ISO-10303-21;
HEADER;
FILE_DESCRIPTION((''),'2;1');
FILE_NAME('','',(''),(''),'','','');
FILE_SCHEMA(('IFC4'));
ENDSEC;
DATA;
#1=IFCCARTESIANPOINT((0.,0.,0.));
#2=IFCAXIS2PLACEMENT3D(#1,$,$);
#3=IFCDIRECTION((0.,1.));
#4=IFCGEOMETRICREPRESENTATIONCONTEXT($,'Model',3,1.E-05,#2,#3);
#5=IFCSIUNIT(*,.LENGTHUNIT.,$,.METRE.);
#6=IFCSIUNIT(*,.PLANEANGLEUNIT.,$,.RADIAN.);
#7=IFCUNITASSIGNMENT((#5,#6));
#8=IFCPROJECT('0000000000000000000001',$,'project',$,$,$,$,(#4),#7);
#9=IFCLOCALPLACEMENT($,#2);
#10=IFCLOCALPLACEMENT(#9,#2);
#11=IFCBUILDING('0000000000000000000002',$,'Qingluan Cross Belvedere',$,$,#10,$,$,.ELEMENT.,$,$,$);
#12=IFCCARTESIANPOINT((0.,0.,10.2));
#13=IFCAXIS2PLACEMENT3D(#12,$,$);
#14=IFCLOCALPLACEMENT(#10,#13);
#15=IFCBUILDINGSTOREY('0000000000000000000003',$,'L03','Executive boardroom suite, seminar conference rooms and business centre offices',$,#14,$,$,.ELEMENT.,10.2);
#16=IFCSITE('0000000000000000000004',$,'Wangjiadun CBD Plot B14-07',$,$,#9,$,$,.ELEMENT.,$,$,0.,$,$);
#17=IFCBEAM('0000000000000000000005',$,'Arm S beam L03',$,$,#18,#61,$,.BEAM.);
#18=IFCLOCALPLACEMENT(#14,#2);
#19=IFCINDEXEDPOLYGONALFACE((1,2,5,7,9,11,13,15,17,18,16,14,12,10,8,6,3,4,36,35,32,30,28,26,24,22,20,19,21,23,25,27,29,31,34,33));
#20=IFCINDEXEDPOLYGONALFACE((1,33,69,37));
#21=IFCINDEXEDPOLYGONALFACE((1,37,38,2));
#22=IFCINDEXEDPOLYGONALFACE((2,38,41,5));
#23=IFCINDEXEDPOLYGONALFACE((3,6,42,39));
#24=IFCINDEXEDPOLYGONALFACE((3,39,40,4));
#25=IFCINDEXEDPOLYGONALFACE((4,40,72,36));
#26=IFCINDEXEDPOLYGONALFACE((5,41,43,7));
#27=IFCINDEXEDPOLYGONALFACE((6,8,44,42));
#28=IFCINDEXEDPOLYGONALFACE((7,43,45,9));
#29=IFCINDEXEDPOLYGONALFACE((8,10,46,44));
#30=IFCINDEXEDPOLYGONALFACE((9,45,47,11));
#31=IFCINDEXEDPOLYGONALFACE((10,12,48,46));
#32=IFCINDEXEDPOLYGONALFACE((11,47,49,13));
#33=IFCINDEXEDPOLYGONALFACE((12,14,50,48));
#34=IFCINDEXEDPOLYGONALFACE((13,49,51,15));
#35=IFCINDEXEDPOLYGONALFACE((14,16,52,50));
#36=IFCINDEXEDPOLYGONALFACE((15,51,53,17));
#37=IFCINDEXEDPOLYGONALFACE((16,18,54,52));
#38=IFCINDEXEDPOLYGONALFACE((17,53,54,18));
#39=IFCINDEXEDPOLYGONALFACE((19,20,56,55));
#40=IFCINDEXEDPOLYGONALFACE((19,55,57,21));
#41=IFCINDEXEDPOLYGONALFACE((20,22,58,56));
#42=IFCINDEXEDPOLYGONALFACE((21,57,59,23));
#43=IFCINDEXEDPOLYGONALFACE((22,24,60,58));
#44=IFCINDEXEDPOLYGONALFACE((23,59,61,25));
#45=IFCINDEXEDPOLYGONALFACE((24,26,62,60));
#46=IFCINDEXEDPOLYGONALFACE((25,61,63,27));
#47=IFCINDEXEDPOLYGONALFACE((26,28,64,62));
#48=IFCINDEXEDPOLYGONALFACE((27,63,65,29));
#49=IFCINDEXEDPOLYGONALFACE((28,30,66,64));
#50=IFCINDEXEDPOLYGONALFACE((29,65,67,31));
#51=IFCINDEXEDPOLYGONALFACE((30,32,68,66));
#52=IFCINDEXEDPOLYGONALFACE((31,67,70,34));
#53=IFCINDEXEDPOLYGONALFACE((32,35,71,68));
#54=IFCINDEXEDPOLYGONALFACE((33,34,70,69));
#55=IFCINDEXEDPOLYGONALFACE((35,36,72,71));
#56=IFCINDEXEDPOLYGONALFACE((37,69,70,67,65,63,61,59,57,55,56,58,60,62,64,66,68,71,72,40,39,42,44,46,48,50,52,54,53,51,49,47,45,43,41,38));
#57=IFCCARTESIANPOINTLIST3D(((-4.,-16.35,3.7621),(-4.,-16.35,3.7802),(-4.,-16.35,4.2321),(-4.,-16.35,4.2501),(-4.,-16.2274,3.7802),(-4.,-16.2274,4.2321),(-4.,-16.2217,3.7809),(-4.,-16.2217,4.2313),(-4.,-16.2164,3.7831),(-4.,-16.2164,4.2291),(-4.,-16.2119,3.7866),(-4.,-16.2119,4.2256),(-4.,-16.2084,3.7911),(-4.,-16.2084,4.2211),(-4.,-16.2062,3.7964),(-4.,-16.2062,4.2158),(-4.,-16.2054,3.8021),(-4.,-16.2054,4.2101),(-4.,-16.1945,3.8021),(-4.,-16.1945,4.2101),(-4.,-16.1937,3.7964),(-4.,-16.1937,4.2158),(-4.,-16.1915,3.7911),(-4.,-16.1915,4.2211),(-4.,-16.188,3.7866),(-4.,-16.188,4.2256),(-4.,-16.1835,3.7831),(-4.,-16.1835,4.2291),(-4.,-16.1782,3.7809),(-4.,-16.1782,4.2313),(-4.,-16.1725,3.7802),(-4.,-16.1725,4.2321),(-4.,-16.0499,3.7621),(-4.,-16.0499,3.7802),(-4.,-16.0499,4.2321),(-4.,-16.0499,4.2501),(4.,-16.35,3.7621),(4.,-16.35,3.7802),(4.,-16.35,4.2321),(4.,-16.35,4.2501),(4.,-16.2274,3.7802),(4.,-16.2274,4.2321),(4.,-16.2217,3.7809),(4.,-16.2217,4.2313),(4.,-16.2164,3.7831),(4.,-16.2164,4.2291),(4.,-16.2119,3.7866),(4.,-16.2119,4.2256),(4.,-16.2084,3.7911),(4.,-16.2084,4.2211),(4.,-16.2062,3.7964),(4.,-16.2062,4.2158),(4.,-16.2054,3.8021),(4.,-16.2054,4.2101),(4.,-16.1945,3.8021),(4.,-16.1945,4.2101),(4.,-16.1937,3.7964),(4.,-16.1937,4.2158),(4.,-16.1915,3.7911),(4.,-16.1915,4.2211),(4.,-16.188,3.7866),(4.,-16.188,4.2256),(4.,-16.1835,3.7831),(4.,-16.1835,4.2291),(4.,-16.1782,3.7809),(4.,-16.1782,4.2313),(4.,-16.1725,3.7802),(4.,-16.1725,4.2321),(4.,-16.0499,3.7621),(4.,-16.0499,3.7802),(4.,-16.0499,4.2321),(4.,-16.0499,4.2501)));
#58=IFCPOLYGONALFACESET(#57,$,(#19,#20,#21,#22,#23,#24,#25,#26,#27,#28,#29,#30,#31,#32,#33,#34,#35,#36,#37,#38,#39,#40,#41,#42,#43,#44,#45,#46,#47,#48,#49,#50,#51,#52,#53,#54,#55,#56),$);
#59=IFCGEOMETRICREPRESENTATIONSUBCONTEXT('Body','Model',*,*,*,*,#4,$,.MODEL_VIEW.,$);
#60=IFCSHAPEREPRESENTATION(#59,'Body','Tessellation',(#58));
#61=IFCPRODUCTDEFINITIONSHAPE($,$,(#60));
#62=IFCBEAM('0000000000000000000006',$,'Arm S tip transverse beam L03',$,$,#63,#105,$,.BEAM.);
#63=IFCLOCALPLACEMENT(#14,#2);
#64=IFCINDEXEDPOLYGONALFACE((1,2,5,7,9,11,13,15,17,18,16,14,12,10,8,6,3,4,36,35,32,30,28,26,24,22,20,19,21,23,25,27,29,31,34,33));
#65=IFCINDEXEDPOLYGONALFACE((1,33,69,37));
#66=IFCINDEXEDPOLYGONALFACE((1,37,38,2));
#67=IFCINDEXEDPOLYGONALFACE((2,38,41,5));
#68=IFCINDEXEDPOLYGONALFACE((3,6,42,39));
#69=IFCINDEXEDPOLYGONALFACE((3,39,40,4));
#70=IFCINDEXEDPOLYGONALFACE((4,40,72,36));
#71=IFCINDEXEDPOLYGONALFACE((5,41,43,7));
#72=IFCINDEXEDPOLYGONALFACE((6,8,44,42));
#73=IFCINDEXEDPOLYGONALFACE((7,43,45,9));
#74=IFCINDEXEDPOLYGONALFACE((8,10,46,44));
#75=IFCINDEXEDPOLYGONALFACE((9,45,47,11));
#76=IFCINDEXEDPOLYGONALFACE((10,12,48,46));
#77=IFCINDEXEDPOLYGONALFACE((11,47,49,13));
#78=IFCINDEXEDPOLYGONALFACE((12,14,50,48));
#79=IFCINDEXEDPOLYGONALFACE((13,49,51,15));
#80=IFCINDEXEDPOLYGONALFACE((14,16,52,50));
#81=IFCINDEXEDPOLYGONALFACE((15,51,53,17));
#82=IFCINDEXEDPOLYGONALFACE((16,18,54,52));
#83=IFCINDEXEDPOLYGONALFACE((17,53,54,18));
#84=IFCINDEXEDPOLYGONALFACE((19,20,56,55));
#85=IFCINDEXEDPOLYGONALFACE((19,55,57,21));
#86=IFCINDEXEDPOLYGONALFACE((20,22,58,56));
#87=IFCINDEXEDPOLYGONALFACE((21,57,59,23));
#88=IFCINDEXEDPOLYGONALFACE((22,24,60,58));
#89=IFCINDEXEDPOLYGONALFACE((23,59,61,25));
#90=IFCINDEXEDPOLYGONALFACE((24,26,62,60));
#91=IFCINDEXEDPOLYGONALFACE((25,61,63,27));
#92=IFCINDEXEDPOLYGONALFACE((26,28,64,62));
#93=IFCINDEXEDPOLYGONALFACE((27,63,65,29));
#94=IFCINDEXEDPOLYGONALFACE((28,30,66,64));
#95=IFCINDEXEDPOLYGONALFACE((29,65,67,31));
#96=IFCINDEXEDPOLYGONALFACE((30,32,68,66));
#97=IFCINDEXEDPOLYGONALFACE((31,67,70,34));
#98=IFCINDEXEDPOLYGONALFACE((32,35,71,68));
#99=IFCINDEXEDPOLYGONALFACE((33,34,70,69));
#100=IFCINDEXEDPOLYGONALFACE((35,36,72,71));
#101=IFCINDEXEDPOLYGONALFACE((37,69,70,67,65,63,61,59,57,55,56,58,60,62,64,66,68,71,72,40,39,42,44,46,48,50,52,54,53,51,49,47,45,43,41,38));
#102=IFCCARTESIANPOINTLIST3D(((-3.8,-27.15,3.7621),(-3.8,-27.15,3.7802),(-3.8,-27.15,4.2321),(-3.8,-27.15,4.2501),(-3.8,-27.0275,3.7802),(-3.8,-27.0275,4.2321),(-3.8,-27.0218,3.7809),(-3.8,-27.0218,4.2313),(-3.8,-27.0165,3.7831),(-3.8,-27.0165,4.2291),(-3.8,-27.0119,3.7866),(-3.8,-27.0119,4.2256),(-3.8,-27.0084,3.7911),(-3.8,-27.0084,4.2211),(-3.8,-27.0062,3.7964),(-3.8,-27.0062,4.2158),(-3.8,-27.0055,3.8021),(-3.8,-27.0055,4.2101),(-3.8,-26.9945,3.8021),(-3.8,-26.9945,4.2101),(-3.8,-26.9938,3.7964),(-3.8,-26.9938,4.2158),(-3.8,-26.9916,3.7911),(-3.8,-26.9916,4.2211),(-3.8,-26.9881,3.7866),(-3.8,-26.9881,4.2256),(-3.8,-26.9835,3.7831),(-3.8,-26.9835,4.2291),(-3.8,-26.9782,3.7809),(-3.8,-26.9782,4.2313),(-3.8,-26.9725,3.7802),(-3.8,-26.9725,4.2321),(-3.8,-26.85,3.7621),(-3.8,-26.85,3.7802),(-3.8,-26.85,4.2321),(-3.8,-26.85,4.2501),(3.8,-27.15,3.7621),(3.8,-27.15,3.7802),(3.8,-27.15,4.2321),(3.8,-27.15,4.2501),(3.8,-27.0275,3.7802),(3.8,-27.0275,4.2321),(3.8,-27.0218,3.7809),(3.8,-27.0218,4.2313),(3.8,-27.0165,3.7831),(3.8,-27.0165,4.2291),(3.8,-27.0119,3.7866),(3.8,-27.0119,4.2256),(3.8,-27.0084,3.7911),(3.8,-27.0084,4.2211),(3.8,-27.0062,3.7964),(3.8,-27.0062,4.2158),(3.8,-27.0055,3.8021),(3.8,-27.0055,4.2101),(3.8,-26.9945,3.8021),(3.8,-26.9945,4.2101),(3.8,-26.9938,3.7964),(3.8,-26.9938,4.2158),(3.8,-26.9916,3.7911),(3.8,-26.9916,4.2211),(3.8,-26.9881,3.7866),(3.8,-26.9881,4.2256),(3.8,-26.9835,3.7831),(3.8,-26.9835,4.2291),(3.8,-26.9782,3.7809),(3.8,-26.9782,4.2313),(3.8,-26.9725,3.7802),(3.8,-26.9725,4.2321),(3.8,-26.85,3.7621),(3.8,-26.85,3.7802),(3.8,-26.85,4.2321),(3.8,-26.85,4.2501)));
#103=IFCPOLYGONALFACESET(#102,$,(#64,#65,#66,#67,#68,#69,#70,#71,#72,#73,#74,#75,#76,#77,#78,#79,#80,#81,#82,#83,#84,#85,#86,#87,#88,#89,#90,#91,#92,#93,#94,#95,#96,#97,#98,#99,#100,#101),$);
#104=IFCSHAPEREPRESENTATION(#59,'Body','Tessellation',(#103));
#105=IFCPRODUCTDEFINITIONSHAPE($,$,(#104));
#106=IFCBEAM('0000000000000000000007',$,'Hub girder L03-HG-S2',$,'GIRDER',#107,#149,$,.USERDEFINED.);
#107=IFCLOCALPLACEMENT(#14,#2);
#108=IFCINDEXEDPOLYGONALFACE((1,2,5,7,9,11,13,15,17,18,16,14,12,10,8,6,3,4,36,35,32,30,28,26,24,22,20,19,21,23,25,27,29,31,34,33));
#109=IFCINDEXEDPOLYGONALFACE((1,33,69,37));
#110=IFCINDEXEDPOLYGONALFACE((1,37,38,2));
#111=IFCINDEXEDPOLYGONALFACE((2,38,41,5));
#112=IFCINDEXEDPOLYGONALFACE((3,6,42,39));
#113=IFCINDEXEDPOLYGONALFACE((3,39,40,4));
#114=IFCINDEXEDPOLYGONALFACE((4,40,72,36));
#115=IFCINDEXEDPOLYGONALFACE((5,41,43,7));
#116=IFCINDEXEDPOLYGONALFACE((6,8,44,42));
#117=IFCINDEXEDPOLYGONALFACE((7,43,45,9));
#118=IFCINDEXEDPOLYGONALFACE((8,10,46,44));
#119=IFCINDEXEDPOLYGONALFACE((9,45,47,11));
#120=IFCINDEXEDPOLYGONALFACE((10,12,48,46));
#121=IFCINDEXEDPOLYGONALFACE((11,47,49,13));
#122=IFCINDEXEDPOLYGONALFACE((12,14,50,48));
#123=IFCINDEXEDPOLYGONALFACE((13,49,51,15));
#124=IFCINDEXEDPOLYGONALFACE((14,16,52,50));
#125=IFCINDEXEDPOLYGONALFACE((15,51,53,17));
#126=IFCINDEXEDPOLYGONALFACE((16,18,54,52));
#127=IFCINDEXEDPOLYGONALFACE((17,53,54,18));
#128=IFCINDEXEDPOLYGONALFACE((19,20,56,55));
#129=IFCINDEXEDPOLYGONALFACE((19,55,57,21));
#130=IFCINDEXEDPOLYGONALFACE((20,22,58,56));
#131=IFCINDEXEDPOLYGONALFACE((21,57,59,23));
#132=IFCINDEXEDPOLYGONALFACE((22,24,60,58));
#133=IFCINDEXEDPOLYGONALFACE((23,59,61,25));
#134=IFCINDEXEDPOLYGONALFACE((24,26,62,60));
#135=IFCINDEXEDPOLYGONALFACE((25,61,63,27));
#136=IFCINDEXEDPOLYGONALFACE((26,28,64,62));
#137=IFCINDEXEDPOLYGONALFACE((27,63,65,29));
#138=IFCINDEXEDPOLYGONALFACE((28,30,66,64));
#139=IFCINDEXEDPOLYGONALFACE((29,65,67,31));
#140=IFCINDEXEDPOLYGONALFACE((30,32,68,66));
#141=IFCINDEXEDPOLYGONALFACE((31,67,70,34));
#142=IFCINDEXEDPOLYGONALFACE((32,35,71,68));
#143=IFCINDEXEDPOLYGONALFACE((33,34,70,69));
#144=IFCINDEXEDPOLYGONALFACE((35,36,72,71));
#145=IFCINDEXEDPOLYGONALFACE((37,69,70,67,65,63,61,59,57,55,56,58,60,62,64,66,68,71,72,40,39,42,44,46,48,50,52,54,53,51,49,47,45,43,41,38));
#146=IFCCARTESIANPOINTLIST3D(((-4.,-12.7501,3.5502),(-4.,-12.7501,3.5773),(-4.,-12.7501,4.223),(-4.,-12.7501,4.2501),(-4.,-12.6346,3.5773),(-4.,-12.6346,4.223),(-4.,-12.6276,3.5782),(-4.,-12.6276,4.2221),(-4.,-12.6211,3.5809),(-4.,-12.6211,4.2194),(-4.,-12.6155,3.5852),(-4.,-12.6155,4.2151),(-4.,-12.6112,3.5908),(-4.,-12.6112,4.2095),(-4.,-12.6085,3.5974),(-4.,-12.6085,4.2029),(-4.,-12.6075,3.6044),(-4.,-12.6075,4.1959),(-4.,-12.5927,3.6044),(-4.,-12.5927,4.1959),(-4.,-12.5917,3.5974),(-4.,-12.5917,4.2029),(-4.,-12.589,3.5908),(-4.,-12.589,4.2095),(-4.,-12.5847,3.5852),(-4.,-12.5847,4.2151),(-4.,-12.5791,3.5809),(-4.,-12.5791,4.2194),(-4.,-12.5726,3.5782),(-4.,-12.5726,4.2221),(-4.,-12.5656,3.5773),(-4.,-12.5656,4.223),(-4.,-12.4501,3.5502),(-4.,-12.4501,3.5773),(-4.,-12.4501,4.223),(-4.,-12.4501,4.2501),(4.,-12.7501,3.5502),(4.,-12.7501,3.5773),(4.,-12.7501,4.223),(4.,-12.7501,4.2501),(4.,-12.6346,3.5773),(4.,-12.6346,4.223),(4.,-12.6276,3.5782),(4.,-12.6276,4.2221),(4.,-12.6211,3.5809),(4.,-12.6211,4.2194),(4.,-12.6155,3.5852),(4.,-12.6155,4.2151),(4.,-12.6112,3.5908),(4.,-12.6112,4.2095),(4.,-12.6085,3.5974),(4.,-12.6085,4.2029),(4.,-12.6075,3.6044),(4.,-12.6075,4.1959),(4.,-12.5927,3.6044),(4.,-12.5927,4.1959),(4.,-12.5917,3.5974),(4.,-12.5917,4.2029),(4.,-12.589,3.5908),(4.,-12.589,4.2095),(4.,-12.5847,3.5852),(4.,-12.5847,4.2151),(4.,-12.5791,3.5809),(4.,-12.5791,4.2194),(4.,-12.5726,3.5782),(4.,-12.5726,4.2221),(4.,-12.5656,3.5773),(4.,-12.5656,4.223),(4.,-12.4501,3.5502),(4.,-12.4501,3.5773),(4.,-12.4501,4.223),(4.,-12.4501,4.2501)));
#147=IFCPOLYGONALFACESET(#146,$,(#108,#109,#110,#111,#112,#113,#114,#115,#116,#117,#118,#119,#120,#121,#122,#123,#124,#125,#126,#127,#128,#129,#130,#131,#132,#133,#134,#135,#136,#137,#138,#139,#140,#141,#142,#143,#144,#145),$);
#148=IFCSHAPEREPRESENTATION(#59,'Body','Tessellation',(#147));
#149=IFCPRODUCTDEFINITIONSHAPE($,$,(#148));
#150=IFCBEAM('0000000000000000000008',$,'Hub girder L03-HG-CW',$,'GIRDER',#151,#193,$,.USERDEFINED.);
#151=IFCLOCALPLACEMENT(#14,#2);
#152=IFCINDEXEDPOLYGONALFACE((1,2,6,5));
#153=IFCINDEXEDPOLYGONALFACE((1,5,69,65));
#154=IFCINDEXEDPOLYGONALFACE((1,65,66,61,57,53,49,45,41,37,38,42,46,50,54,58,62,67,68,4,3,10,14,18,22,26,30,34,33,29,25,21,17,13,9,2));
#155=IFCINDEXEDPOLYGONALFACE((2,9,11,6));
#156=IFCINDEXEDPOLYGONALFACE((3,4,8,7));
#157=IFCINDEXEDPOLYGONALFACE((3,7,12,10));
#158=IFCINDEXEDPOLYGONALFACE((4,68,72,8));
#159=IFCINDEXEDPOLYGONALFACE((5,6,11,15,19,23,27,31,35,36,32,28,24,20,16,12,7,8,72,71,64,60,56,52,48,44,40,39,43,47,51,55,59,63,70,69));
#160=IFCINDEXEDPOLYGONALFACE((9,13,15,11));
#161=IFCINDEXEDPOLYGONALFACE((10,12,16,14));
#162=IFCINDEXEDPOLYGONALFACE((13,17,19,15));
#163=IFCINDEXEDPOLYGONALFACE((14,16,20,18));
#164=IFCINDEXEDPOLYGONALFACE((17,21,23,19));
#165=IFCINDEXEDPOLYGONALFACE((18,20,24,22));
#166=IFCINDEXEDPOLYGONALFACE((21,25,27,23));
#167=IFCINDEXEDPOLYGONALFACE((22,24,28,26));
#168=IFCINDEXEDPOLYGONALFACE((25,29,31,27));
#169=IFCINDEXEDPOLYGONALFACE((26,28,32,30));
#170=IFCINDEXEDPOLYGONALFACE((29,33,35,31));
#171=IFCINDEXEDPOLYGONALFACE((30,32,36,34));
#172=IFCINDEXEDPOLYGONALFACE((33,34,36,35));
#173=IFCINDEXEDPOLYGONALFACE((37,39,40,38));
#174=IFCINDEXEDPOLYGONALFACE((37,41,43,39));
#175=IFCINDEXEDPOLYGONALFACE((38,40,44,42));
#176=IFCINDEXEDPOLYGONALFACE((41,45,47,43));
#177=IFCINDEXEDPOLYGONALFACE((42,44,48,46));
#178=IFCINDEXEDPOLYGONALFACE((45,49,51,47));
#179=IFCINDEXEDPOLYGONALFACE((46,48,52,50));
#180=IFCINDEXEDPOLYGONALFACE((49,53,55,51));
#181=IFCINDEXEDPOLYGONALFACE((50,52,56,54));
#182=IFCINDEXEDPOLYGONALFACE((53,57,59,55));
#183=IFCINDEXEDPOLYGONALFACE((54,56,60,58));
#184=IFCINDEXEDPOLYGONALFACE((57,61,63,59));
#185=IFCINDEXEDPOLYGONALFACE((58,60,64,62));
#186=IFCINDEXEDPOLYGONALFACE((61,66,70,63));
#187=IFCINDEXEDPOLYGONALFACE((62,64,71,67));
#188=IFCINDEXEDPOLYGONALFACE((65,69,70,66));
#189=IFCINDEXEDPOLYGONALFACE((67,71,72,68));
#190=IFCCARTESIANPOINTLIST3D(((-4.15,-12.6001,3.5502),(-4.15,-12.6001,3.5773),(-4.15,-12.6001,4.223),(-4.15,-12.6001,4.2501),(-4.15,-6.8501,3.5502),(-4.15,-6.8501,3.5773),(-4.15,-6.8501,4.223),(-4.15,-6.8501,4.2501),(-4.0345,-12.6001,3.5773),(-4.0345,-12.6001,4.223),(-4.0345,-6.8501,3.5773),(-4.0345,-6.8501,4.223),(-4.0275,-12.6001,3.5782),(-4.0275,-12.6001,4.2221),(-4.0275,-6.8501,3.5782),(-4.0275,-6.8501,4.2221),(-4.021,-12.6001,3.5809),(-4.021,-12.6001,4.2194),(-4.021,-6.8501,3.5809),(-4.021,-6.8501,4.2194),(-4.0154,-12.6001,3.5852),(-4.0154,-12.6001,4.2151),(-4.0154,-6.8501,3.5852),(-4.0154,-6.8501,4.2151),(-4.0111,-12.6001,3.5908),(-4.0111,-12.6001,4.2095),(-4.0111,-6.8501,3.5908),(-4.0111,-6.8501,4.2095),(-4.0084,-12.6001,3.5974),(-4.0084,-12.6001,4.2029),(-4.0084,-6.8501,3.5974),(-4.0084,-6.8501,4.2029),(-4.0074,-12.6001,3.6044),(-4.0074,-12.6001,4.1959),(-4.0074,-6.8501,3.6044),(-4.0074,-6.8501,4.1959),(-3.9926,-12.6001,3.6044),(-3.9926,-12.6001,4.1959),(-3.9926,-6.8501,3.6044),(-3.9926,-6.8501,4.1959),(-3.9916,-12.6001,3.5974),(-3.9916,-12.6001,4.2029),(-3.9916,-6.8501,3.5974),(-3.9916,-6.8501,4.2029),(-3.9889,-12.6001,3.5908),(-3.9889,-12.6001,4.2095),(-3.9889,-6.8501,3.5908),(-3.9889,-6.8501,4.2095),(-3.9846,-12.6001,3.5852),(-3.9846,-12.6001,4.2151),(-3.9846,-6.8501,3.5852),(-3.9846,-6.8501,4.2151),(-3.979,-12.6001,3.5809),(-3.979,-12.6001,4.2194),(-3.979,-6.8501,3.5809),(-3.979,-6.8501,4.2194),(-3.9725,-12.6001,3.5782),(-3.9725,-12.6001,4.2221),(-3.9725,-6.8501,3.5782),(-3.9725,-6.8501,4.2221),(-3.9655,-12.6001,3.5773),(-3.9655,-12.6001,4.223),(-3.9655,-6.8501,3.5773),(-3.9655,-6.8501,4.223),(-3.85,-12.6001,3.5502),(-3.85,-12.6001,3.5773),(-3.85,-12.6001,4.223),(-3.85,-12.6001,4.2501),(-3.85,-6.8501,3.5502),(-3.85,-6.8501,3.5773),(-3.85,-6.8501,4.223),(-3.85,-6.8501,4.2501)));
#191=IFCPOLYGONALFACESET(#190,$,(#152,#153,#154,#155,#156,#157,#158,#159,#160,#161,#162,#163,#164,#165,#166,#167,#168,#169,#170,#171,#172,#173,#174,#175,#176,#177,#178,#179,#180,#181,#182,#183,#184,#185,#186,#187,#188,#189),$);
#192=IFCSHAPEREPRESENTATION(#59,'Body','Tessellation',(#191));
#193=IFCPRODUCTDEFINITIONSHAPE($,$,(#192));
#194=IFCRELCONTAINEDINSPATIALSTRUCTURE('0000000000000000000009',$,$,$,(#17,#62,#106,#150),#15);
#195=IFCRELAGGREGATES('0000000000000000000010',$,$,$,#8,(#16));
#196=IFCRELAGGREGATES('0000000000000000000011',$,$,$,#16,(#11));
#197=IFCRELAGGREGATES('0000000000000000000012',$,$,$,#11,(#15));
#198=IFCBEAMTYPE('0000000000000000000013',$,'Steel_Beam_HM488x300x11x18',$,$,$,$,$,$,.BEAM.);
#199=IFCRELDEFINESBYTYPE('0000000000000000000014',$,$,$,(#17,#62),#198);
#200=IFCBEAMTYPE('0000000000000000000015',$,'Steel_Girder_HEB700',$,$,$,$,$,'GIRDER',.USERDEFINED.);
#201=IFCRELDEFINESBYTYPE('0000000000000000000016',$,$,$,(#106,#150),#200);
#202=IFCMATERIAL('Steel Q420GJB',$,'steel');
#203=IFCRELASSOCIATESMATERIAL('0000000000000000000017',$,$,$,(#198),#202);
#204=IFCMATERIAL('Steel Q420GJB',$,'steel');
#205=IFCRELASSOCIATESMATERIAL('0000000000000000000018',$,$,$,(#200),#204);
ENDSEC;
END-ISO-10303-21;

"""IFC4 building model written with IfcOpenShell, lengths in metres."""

from ifc_helpers import new_model, si_unit, direction, frame, origin, origin_2d, place, context, subcontext, project, spatial, i_section, extrude, material, material_profile, profile_set, type_object, element, save


model = new_model("IFC4")

# Units and contexts
model_context = context("Model", 3, precision=1e-05, world=origin(), true_north=direction((0.0, 1.0)))
body_context = subcontext(model_context, "Body", "Model", "MODEL_VIEW")
ifc_project = project(units=[si_unit("LENGTHUNIT", "METRE"), si_unit("PLANEANGLEUNIT", "RADIAN")], contexts=[model_context])

# Site, building, storey
site_placement = place(None, origin())
site = spatial("IfcSite", under=ifc_project, at=site_placement, Name="Wangjiadun CBD Plot B14-07", CompositionType="ELEMENT", RefElevation=0.0)
building_placement = place(site_placement, origin())
building = spatial("IfcBuilding", under=site, at=building_placement, Name="Qingluan Cross Belvedere", CompositionType="ELEMENT")
storey_placement = place(building_placement, frame((0.0, 0.0, 10.2)))
storey = spatial("IfcBuildingStorey", under=building, at=storey_placement, Name="L03", Description="Executive boardroom suite, seminar conference rooms and business centre offices", CompositionType="ELEMENT", Elevation=10.2)

# Beams
ifc_material_1 = material(Name="Steel Q420GJB", Category="steel")
ifc_material_profile_1 = material_profile(ifc_material_1, i_section(OverallWidth=0.3, OverallDepth=0.488, WebThickness=0.011, FlangeThickness=0.0181, FilletRadius=0.022, at=origin_2d()), Name="HM488x300x11x18")
ifc_profile_set_1 = profile_set([ifc_material_profile_1], Name="Steel Q420GJB")
beam_type_1 = type_object("IfcBeamType", Name="Steel_Beam_HM488x300x11x18", PredefinedType="BEAM", material=ifc_profile_set_1)
for number, where, z_axis, x_axis, name in (
    (1, (-4.0, -16.2, 4.0061), (1.0, 0.0, 0.0), (0.0, 1.0, 0.0), "Arm S beam L03"),
):
    element("IfcBeam", number, at=place(storey_placement, frame(where, z_axis=z_axis, x_axis=x_axis)), inside=storey, type_object=beam_type_1, Name=name, PredefinedType="BEAM", context=body_context, shape_type="SweptSolid", body=[
        extrude(i_section(OverallWidth=0.3, OverallDepth=0.488, WebThickness=0.011, FlangeThickness=0.0181, FilletRadius=0.022, at=origin_2d()), origin(), (0.0, 0.0, 1.0), 8.0),
    ])
beam_1_placement = place(storey_placement, frame((-3.8, -27.0, 4.0061), z_axis=(1.0, 0.0, 0.0), x_axis=(0.0, 1.0, 0.0)))
element("IfcBeam", 2, at=beam_1_placement, inside=storey, type_object=beam_type_1, Name="Arm S tip transverse beam L03", PredefinedType="BEAM", context=body_context, shape_type="SweptSolid", body=[
    extrude(i_section(OverallWidth=0.3, OverallDepth=0.488, WebThickness=0.011, FlangeThickness=0.0181, FilletRadius=0.022, at=origin_2d()), origin(), (0.0, 0.0, 1.0), 7.6001),
])
ifc_material_2 = material(Name="Steel Q420GJB", Category="steel")
ifc_material_profile_2 = material_profile(ifc_material_2, i_section(OverallWidth=0.3, OverallDepth=0.7, WebThickness=0.0149, FlangeThickness=0.0271, FilletRadius=0.0271, at=origin_2d()), Name="HEB700")
ifc_profile_set_2 = profile_set([ifc_material_profile_2], Name="Steel Q420GJB")
beam_type_2 = type_object("IfcBeamType", Name="Steel_Girder_HEB700", ElementType="GIRDER", PredefinedType="USERDEFINED", material=ifc_profile_set_2)
beam_2_placement = place(storey_placement, frame((-4.0, -12.6001, 3.9001), z_axis=(1.0, 0.0, 0.0), x_axis=(0.0, 1.0, 0.0)))
element("IfcBeam", 3, at=beam_2_placement, inside=storey, type_object=beam_type_2, Name="Hub girder L03-HG-S2", ObjectType="GIRDER", PredefinedType="USERDEFINED", context=body_context, shape_type="SweptSolid", body=[
    extrude(i_section(OverallWidth=0.3, OverallDepth=0.7, WebThickness=0.0149, FlangeThickness=0.0271, FilletRadius=0.0271, at=origin_2d()), origin(), (0.0, 0.0, 1.0), 8.0),
])
beam_3_placement = place(storey_placement, frame((-4.0, -12.6001, 3.9001), z_axis=(0.0, 1.0, 0.0), x_axis=(-1.0, 0.0, 0.0)))
element("IfcBeam", 4, at=beam_3_placement, inside=storey, type_object=beam_type_2, Name="Hub girder L03-HG-CW", ObjectType="GIRDER", PredefinedType="USERDEFINED", context=body_context, shape_type="SweptSolid", body=[
    extrude(i_section(OverallWidth=0.3, OverallDepth=0.7, WebThickness=0.0149, FlangeThickness=0.0271, FilletRadius=0.0271, at=origin_2d()), origin(), (0.0, 0.0, 1.0), 5.75),
])

save(model, "model.ifc")
